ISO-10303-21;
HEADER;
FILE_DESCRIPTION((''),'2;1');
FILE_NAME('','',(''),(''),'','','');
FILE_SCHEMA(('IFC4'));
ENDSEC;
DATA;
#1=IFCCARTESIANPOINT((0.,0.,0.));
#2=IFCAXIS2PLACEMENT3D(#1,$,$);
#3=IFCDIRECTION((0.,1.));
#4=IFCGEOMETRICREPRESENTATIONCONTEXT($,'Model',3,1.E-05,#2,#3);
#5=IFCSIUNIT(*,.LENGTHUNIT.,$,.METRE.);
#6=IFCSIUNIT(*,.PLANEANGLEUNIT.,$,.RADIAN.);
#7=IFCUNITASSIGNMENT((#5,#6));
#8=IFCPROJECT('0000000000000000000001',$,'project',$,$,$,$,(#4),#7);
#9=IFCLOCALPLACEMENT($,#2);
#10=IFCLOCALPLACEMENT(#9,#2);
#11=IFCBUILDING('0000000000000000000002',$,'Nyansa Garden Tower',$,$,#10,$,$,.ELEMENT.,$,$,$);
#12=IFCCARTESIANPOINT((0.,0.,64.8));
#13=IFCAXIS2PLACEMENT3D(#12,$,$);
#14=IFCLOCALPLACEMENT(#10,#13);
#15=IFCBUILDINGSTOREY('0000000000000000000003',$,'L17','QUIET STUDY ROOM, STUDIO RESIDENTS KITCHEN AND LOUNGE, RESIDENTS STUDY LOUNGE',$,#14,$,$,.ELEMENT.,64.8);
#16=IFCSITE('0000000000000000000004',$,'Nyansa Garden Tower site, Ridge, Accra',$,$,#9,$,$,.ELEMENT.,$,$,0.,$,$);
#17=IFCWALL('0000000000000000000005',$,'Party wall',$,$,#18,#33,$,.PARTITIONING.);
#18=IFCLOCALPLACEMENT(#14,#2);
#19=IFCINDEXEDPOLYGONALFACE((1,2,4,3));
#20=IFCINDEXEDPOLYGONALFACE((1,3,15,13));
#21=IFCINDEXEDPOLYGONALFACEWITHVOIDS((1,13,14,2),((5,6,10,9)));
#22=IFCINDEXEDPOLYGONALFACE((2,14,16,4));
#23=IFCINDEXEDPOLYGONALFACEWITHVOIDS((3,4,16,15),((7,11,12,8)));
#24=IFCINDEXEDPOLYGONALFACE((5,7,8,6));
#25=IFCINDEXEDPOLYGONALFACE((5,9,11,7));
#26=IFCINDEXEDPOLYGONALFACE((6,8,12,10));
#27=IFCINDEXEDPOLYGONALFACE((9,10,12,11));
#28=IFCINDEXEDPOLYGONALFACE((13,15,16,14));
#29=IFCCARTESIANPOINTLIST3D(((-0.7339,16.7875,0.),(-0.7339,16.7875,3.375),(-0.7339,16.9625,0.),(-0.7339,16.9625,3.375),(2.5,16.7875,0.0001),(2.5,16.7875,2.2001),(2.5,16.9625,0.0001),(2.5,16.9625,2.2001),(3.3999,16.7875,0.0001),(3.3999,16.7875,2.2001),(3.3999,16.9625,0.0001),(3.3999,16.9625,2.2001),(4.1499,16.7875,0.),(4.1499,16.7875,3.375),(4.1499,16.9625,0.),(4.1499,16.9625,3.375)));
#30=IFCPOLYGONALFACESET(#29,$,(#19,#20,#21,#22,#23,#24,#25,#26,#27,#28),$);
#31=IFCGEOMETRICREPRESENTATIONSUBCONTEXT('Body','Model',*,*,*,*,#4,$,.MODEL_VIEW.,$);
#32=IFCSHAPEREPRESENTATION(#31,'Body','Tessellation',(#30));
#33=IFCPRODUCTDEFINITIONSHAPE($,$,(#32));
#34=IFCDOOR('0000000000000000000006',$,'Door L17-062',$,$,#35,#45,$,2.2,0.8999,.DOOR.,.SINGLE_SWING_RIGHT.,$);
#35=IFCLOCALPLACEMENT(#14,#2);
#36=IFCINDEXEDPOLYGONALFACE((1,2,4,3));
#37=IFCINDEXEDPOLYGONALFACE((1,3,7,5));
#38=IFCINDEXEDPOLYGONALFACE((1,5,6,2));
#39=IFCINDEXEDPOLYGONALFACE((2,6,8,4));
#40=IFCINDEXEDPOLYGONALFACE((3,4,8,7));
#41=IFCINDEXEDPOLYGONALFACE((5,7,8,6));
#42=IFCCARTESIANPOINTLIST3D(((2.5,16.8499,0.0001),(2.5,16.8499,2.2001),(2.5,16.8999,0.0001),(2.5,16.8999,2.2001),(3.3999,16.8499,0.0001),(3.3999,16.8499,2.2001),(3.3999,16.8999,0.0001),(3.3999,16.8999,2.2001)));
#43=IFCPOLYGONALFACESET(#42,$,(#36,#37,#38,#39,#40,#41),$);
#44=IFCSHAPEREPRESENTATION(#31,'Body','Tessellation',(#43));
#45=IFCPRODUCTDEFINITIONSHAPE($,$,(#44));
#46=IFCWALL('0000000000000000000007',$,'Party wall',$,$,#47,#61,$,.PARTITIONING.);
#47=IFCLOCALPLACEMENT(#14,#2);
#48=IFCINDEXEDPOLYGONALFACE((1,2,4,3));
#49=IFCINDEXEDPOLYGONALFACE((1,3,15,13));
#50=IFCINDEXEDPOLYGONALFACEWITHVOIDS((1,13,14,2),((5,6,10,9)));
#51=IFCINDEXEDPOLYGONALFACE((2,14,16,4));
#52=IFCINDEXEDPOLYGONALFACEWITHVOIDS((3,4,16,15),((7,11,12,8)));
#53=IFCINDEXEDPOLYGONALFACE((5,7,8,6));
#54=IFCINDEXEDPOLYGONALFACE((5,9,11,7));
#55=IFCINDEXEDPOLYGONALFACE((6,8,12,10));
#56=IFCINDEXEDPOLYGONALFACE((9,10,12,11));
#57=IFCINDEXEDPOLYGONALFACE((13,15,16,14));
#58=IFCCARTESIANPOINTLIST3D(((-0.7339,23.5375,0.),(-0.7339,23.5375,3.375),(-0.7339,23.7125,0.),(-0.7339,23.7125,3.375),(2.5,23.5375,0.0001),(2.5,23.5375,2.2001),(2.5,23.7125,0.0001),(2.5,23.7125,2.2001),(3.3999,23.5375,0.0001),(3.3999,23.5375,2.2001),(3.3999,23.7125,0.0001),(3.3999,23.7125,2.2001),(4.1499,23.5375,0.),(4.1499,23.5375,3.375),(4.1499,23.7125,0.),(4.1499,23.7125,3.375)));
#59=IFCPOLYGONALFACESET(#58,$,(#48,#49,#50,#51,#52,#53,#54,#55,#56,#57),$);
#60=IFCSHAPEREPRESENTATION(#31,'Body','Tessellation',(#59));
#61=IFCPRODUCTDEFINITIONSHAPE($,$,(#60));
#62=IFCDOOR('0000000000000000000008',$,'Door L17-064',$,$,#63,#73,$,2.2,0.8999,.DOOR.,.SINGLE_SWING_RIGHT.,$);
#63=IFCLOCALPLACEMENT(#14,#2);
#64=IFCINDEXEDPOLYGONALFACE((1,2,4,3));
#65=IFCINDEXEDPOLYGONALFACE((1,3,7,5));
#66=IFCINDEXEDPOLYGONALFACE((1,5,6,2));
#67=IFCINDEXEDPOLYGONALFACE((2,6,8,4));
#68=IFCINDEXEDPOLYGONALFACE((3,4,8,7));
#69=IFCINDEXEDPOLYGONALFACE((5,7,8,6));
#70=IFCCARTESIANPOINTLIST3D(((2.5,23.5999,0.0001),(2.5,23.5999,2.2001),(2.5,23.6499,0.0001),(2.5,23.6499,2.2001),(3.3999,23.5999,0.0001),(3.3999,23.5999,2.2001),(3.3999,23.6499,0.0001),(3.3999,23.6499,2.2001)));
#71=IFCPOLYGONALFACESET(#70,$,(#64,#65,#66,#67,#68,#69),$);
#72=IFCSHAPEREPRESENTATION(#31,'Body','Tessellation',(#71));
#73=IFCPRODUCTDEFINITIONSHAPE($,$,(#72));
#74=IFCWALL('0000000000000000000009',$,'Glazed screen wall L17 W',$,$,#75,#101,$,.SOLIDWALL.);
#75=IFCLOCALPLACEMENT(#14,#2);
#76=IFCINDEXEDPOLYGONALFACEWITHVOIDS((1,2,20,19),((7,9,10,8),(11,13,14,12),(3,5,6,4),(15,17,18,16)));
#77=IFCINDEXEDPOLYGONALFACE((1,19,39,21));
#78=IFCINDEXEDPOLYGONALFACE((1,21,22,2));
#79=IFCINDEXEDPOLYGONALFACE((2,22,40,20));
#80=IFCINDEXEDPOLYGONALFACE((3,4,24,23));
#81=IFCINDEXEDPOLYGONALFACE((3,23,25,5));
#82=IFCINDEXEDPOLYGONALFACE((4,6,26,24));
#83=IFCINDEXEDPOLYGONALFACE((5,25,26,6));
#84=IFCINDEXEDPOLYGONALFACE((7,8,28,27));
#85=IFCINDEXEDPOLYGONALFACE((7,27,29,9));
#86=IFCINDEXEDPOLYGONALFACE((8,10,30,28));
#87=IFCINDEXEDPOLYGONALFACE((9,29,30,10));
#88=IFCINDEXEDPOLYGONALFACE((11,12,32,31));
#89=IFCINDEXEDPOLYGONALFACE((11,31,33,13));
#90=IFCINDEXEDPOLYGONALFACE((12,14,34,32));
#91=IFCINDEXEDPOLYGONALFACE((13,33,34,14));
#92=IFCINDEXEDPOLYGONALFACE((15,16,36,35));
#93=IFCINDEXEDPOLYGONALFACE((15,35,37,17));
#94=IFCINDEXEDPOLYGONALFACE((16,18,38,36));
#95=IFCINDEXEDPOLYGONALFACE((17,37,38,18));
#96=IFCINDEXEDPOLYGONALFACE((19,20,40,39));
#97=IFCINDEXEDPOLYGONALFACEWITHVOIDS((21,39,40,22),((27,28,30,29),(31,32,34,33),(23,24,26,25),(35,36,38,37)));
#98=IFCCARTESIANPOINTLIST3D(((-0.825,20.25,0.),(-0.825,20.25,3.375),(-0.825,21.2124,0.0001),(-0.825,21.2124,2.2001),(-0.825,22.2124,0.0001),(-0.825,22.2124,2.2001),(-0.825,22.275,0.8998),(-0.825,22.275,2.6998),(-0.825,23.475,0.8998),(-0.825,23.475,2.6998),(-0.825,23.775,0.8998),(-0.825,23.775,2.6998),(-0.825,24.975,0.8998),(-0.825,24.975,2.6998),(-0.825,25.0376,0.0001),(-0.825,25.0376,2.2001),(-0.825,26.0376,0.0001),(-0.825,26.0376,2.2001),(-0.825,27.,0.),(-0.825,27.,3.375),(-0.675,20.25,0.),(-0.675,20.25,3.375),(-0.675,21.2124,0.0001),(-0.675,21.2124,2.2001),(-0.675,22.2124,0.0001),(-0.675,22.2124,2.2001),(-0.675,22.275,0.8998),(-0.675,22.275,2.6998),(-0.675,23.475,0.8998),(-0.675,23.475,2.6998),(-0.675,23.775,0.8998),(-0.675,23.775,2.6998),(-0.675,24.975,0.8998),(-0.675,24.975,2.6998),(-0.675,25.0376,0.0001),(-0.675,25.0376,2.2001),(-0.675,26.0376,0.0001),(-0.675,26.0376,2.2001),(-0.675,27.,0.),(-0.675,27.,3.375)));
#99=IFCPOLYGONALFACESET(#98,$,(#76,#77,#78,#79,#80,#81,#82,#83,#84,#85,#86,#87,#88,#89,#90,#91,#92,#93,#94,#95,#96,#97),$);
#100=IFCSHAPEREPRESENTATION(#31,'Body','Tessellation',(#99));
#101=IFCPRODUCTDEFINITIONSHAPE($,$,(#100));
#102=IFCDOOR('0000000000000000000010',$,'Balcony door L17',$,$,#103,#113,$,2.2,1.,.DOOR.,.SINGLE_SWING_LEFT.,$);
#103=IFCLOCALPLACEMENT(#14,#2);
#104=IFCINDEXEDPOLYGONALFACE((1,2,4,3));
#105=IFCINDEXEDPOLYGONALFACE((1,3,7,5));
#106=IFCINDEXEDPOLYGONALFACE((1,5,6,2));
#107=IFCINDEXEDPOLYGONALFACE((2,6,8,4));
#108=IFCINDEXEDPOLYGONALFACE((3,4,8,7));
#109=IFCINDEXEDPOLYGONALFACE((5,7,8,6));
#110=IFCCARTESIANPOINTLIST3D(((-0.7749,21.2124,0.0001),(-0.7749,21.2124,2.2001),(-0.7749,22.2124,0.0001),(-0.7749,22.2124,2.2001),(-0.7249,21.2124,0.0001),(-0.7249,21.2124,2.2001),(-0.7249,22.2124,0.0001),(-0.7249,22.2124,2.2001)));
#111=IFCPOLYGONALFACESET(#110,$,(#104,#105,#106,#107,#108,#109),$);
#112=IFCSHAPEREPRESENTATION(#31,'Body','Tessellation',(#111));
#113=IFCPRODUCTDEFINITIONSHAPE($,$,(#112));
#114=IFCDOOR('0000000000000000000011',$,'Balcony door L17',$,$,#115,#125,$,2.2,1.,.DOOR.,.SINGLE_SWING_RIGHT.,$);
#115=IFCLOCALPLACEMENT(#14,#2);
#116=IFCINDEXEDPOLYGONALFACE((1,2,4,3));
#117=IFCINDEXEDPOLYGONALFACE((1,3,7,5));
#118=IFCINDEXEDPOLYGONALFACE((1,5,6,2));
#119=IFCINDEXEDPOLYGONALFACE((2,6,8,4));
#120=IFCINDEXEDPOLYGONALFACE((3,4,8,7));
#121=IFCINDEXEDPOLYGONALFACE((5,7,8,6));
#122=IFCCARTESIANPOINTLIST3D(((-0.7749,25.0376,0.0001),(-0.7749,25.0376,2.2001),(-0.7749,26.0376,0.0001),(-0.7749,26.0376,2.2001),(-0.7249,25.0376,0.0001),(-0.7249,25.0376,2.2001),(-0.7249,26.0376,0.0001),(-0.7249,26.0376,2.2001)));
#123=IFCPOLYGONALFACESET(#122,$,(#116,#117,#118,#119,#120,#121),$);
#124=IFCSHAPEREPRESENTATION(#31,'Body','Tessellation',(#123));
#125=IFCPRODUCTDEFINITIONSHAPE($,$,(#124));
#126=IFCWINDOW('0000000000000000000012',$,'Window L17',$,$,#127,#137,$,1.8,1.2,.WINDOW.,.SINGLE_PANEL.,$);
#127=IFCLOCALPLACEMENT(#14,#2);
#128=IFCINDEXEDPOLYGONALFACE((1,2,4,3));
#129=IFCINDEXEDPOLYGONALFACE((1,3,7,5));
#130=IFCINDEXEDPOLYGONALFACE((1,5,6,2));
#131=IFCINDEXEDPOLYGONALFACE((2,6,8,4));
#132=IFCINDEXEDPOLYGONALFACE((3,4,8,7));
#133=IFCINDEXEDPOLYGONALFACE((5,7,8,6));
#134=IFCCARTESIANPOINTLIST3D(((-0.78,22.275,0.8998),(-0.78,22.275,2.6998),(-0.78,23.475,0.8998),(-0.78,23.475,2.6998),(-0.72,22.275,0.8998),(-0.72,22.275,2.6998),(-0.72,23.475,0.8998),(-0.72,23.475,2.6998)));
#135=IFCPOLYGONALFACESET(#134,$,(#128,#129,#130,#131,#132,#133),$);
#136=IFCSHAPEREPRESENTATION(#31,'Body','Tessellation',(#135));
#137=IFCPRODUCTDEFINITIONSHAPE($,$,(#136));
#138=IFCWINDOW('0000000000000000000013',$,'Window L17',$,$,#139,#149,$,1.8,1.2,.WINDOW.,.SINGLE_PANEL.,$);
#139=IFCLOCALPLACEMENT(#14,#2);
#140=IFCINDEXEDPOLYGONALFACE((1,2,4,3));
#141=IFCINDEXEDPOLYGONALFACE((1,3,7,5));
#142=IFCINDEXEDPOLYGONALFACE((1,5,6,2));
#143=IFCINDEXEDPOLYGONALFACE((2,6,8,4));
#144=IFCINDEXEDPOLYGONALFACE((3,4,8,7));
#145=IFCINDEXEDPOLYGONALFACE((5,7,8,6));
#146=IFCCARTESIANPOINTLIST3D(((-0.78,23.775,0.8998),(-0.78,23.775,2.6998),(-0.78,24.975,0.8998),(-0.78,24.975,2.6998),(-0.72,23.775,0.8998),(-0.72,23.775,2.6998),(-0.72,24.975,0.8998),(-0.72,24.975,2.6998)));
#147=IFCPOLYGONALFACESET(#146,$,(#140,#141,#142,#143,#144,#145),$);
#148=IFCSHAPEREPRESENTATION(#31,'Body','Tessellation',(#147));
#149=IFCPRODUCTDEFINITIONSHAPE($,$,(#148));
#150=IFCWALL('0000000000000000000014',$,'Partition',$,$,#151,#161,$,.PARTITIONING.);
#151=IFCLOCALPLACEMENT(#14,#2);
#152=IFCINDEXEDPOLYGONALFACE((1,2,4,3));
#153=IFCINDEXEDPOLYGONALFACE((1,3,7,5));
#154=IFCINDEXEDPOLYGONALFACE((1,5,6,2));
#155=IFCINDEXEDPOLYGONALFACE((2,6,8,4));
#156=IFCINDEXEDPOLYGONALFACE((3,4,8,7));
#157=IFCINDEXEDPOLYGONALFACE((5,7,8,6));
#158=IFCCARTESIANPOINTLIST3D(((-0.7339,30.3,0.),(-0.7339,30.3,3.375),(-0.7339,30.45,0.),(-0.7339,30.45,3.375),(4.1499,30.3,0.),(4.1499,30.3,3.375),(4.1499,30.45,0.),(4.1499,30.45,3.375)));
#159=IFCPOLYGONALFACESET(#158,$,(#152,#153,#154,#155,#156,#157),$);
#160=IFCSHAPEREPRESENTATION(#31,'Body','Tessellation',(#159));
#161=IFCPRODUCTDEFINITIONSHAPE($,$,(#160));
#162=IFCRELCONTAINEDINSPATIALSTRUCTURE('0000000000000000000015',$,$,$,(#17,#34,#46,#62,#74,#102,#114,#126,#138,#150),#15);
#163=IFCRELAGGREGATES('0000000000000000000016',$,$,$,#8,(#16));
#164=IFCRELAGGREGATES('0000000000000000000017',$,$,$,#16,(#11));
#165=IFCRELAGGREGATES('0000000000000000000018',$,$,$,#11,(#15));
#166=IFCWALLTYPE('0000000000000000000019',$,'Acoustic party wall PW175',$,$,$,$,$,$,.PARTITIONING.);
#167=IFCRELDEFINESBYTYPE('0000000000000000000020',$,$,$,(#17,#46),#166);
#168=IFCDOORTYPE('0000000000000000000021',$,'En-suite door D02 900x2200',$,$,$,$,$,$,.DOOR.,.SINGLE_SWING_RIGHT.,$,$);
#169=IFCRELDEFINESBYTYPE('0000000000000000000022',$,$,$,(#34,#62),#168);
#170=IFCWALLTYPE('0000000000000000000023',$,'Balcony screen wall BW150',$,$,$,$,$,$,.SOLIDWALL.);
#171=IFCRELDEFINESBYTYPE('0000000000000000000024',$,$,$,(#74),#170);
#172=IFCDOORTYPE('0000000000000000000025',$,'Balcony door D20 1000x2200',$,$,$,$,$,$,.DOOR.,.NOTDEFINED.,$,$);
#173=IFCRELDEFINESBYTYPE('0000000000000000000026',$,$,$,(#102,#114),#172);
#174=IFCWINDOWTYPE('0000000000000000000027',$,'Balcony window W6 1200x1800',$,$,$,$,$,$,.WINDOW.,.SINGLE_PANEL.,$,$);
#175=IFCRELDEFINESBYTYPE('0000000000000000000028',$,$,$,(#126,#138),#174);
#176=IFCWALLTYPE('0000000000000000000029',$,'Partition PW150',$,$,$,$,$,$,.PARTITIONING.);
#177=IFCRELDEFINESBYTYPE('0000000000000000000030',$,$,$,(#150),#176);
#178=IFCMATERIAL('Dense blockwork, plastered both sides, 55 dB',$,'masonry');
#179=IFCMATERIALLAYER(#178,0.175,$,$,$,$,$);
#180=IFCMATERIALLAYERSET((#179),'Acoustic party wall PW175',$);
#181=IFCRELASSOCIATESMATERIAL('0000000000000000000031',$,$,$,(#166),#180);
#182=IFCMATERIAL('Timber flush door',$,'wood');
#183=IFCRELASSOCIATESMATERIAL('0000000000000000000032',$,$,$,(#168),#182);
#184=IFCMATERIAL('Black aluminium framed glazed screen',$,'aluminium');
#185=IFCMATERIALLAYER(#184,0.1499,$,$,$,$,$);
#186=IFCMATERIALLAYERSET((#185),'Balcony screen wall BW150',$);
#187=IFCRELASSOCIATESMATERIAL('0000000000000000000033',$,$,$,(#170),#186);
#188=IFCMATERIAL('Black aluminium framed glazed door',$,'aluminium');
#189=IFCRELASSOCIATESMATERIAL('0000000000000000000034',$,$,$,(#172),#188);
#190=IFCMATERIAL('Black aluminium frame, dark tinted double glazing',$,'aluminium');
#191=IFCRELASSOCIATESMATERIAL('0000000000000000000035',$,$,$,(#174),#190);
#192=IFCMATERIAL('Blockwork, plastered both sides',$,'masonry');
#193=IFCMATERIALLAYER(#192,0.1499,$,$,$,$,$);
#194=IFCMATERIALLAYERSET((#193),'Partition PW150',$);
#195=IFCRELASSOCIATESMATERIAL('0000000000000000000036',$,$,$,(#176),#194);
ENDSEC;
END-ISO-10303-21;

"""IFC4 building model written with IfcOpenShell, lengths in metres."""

from ifc_helpers import new_model, si_unit, direction, frame, frame_2d, origin, place, context, subcontext, project, spatial, rectangle, extrude, material, layer, layer_set, type_object, element, fill, save


model = new_model("IFC4")

# Units and contexts
model_context = context("Model", 3, precision=1e-05, world=origin(), true_north=direction((0.0, 1.0)))
body_context = subcontext(model_context, "Body", "Model", "MODEL_VIEW")
ifc_project = project(units=[si_unit("LENGTHUNIT", "METRE"), si_unit("PLANEANGLEUNIT", "RADIAN")], contexts=[model_context])

# Site, building, storey
site_placement = place(None, origin())
site = spatial("IfcSite", under=ifc_project, at=site_placement, Name="Nyansa Garden Tower site, Ridge, Accra", CompositionType="ELEMENT", RefElevation=0.0)
building_placement = place(site_placement, origin())
building = spatial("IfcBuilding", under=site, at=building_placement, Name="Nyansa Garden Tower", CompositionType="ELEMENT")
storey_placement = place(building_placement, frame((0.0, 0.0, 64.8)))
storey = spatial("IfcBuildingStorey", under=building, at=storey_placement, Name="L17", Description="QUIET STUDY ROOM, STUDIO RESIDENTS KITCHEN AND LOUNGE, RESIDENTS STUDY LOUNGE", CompositionType="ELEMENT", Elevation=64.8)

# Walls, openings, doors
ifc_material_1 = material(Name="Dense blockwork, plastered both sides, 55 dB", Category="masonry")
ifc_layer_1 = layer(ifc_material_1, 0.175)
ifc_layer_set_1 = layer_set([ifc_layer_1], Name="Acoustic party wall PW175")
wall_type_1 = type_object("IfcWallType", Name="Acoustic party wall PW175", PredefinedType="PARTITIONING", material=ifc_layer_set_1)
wall_1_placement = place(storey_placement, frame((-0.7339, 16.875, 0.0), z_axis=(0.0, 0.0, 1.0), x_axis=(1.0, 0.0, 0.0)))
wall_1 = element("IfcWall", 1, at=wall_1_placement, inside=storey, type_object=wall_type_1, Name="Party wall", PredefinedType="PARTITIONING", context=body_context, shape_type="SweptSolid", body=[
    extrude(rectangle(XDim=4.8838, YDim=0.175, at=frame_2d((2.4419, 0.0))), origin(), (0.0, 0.0, 1.0), 3.375),
])
opening_1_placement = place(wall_1_placement, frame((3.2339, 0.0, 0.0)))
opening_1 = element("IfcOpeningElement", 2, at=opening_1_placement, cuts=wall_1, PredefinedType="OPENING", context=body_context, shape_type="SweptSolid", body=[
    extrude(rectangle(XDim=0.8999, YDim=2.2, at=frame_2d((0.45, 1.1001))), frame((0.0, 0.0974, 0.0), z_axis=(0.0, -1.0, 0.0), x_axis=(1.0, 0.0, 0.0)), (0.0, 0.0, 1.0), 0.1951),
])
ifc_material_2 = material(Name="Timber flush door", Category="wood")
door_type_1 = type_object("IfcDoorType", Name="En-suite door D02 900x2200", OperationType="SINGLE_SWING_RIGHT", PredefinedType="DOOR", material=ifc_material_2)
door_1_placement = place(opening_1_placement, origin())
door_1 = element("IfcDoor", 3, at=door_1_placement, inside=storey, type_object=door_type_1, Name="Door L17-062", OperationType="SINGLE_SWING_RIGHT", OverallHeight=2.2, OverallWidth=0.8999, PredefinedType="DOOR", context=body_context, shape_type="SweptSolid", body=[
    extrude(rectangle(XDim=0.8999, YDim=2.2, at=frame_2d((0.45, 1.1001))), frame((0.0, 0.0249, 0.0), z_axis=(0.0, -1.0, 0.0), x_axis=(1.0, 0.0, 0.0)), (0.0, 0.0, 1.0), 0.05),
])
fill(opening_1, door_1)
wall_2_placement = place(storey_placement, frame((-0.7339, 23.625, 0.0), z_axis=(0.0, 0.0, 1.0), x_axis=(1.0, 0.0, 0.0)))
wall_2 = element("IfcWall", 4, at=wall_2_placement, inside=storey, type_object=wall_type_1, Name="Party wall", PredefinedType="PARTITIONING", context=body_context, shape_type="SweptSolid", body=[
    extrude(rectangle(XDim=4.8838, YDim=0.175, at=frame_2d((2.4419, 0.0))), origin(), (0.0, 0.0, 1.0), 3.375),
])
opening_2_placement = place(wall_2_placement, frame((3.2339, 0.0, 0.0)))
opening_2 = element("IfcOpeningElement", 5, at=opening_2_placement, cuts=wall_2, PredefinedType="OPENING", context=body_context, shape_type="SweptSolid", body=[
    extrude(rectangle(XDim=0.8999, YDim=2.2, at=frame_2d((0.45, 1.1001))), frame((0.0, 0.0974, 0.0), z_axis=(0.0, -1.0, 0.0), x_axis=(1.0, 0.0, 0.0)), (0.0, 0.0, 1.0), 0.1951),
])
door_2_placement = place(opening_2_placement, origin())
door_2 = element("IfcDoor", 6, at=door_2_placement, inside=storey, type_object=door_type_1, Name="Door L17-064", OperationType="SINGLE_SWING_RIGHT", OverallHeight=2.2, OverallWidth=0.8999, PredefinedType="DOOR", context=body_context, shape_type="SweptSolid", body=[
    extrude(rectangle(XDim=0.8999, YDim=2.2, at=frame_2d((0.45, 1.1001))), frame((0.0, 0.0249, 0.0), z_axis=(0.0, -1.0, 0.0), x_axis=(1.0, 0.0, 0.0)), (0.0, 0.0, 1.0), 0.05),
])
fill(opening_2, door_2)

# Wall, openings, doors, windows
ifc_material_3 = material(Name="Black aluminium framed glazed screen", Category="aluminium")
ifc_layer_2 = layer(ifc_material_3, 0.1499)
ifc_layer_set_2 = layer_set([ifc_layer_2], Name="Balcony screen wall BW150")
wall_type_2 = type_object("IfcWallType", Name="Balcony screen wall BW150", PredefinedType="SOLIDWALL", material=ifc_layer_set_2)
wall_3_placement = place(storey_placement, frame((-0.75, 20.25, 0.0), z_axis=(0.0, 0.0, 1.0), x_axis=(0.0, 1.0, 0.0)))
wall_3 = element("IfcWall", 7, at=wall_3_placement, inside=storey, type_object=wall_type_2, Name="Glazed screen wall L17 W", PredefinedType="SOLIDWALL", context=body_context, shape_type="SweptSolid", body=[
    extrude(rectangle(XDim=6.75, YDim=0.1499, at=frame_2d((3.375, 0.0))), origin(), (0.0, 0.0, 1.0), 3.375),
])
opening_3_placement = place(wall_3_placement, frame((0.9624, 0.0, 0.0)))
opening_3 = element("IfcOpeningElement", 8, at=opening_3_placement, cuts=wall_3, PredefinedType="OPENING", context=body_context, shape_type="SweptSolid", body=[
    extrude(rectangle(XDim=1.0, YDim=2.2, at=frame_2d((0.5, 1.1001))), frame((0.0, 0.085, 0.0), z_axis=(0.0, -1.0, 0.0), x_axis=(1.0, 0.0, 0.0)), (0.0, 0.0, 1.0), 0.1699),
])
opening_4_placement = place(wall_3_placement, frame((2.0249, 0.0, 0.8999)))
opening_4 = element("IfcOpeningElement", 9, at=opening_4_placement, cuts=wall_3, PredefinedType="OPENING", context=body_context, shape_type="SweptSolid", body=[
    extrude(rectangle(XDim=1.2, YDim=1.8, at=frame_2d((0.6001, 0.8999))), frame((0.0, 0.085, 0.0), z_axis=(0.0, -1.0, 0.0), x_axis=(1.0, 0.0, 0.0)), (0.0, 0.0, 1.0), 0.1699),
])
opening_5_placement = place(wall_3_placement, frame((4.7876, 0.0, 0.0)))
opening_5 = element("IfcOpeningElement", 10, at=opening_5_placement, cuts=wall_3, PredefinedType="OPENING", context=body_context, shape_type="SweptSolid", body=[
    extrude(rectangle(XDim=1.0, YDim=2.2, at=frame_2d((0.5, 1.1001))), frame((0.0, 0.085, 0.0), z_axis=(0.0, -1.0, 0.0), x_axis=(1.0, 0.0, 0.0)), (0.0, 0.0, 1.0), 0.1699),
])
opening_6_placement = place(wall_3_placement, frame((3.5249, 0.0, 0.8999)))
opening_6 = element("IfcOpeningElement", 11, at=opening_6_placement, cuts=wall_3, PredefinedType="OPENING", context=body_context, shape_type="SweptSolid", body=[
    extrude(rectangle(XDim=1.2, YDim=1.8, at=frame_2d((0.6001, 0.8999))), frame((0.0, 0.085, 0.0), z_axis=(0.0, -1.0, 0.0), x_axis=(1.0, 0.0, 0.0)), (0.0, 0.0, 1.0), 0.1699),
])
ifc_material_4 = material(Name="Black aluminium framed glazed door", Category="aluminium")
door_type_2 = type_object("IfcDoorType", Name="Balcony door D20 1000x2200", OperationType="NOTDEFINED", PredefinedType="DOOR", material=ifc_material_4)
door_3_placement = place(opening_3_placement, origin())
door_3 = element("IfcDoor", 12, at=door_3_placement, inside=storey, type_object=door_type_2, Name="Balcony door L17", OperationType="SINGLE_SWING_LEFT", OverallHeight=2.2, OverallWidth=1.0, PredefinedType="DOOR", context=body_context, shape_type="SweptSolid", body=[
    extrude(rectangle(XDim=1.0, YDim=2.2, at=frame_2d((0.5, 1.1001))), frame((0.0, 0.0249, 0.0), z_axis=(0.0, -1.0, 0.0), x_axis=(1.0, 0.0, 0.0)), (0.0, 0.0, 1.0), 0.05),
])
fill(opening_3, door_3)
door_4_placement = place(opening_5_placement, origin())
door_4 = element("IfcDoor", 13, at=door_4_placement, inside=storey, type_object=door_type_2, Name="Balcony door L17", OperationType="SINGLE_SWING_RIGHT", OverallHeight=2.2, OverallWidth=1.0, PredefinedType="DOOR", context=body_context, shape_type="SweptSolid", body=[
    extrude(rectangle(XDim=1.0, YDim=2.2, at=frame_2d((0.5, 1.1001))), frame((0.0, 0.0249, 0.0), z_axis=(0.0, -1.0, 0.0), x_axis=(1.0, 0.0, 0.0)), (0.0, 0.0, 1.0), 0.05),
])
fill(opening_5, door_4)
ifc_material_5 = material(Name="Black aluminium frame, dark tinted double glazing", Category="aluminium")
window_type = type_object("IfcWindowType", Name="Balcony window W6 1200x1800", PartitioningType="SINGLE_PANEL", PredefinedType="WINDOW", material=ifc_material_5)
window_1_placement = place(opening_4_placement, origin())
window_1 = element("IfcWindow", 14, at=window_1_placement, inside=storey, type_object=window_type, Name="Window L17", OverallHeight=1.8, OverallWidth=1.2, PartitioningType="SINGLE_PANEL", PredefinedType="WINDOW", context=body_context, shape_type="SweptSolid", body=[
    extrude(rectangle(XDim=1.2, YDim=1.8, at=frame_2d((0.6001, 0.8999))), frame((0.0, 0.03, 0.0), z_axis=(0.0, -1.0, 0.0), x_axis=(1.0, 0.0, 0.0)), (0.0, 0.0, 1.0), 0.0601),
])
fill(opening_4, window_1)
window_2_placement = place(opening_6_placement, origin())
window_2 = element("IfcWindow", 15, at=window_2_placement, inside=storey, type_object=window_type, Name="Window L17", OverallHeight=1.8, OverallWidth=1.2, PartitioningType="SINGLE_PANEL", PredefinedType="WINDOW", context=body_context, shape_type="SweptSolid", body=[
    extrude(rectangle(XDim=1.2, YDim=1.8, at=frame_2d((0.6001, 0.8999))), frame((0.0, 0.03, 0.0), z_axis=(0.0, -1.0, 0.0), x_axis=(1.0, 0.0, 0.0)), (0.0, 0.0, 1.0), 0.0601),
])
fill(opening_6, window_2)

# Wall
ifc_material_6 = material(Name="Blockwork, plastered both sides", Category="masonry")
ifc_layer_3 = layer(ifc_material_6, 0.1499)
ifc_layer_set_3 = layer_set([ifc_layer_3], Name="Partition PW150")
wall_type_3 = type_object("IfcWallType", Name="Partition PW150", PredefinedType="PARTITIONING", material=ifc_layer_set_3)
wall_4_placement = place(storey_placement, frame((-0.7339, 30.375, 0.0), z_axis=(0.0, 0.0, 1.0), x_axis=(1.0, 0.0, 0.0)))
element("IfcWall", 16, at=wall_4_placement, inside=storey, type_object=wall_type_3, Name="Partition", PredefinedType="PARTITIONING", context=body_context, shape_type="SweptSolid", body=[
    extrude(rectangle(XDim=4.8838, YDim=0.1499, at=frame_2d((2.4419, 0.0))), origin(), (0.0, 0.0, 1.0), 3.375),
])

save(model, "model.ifc")
